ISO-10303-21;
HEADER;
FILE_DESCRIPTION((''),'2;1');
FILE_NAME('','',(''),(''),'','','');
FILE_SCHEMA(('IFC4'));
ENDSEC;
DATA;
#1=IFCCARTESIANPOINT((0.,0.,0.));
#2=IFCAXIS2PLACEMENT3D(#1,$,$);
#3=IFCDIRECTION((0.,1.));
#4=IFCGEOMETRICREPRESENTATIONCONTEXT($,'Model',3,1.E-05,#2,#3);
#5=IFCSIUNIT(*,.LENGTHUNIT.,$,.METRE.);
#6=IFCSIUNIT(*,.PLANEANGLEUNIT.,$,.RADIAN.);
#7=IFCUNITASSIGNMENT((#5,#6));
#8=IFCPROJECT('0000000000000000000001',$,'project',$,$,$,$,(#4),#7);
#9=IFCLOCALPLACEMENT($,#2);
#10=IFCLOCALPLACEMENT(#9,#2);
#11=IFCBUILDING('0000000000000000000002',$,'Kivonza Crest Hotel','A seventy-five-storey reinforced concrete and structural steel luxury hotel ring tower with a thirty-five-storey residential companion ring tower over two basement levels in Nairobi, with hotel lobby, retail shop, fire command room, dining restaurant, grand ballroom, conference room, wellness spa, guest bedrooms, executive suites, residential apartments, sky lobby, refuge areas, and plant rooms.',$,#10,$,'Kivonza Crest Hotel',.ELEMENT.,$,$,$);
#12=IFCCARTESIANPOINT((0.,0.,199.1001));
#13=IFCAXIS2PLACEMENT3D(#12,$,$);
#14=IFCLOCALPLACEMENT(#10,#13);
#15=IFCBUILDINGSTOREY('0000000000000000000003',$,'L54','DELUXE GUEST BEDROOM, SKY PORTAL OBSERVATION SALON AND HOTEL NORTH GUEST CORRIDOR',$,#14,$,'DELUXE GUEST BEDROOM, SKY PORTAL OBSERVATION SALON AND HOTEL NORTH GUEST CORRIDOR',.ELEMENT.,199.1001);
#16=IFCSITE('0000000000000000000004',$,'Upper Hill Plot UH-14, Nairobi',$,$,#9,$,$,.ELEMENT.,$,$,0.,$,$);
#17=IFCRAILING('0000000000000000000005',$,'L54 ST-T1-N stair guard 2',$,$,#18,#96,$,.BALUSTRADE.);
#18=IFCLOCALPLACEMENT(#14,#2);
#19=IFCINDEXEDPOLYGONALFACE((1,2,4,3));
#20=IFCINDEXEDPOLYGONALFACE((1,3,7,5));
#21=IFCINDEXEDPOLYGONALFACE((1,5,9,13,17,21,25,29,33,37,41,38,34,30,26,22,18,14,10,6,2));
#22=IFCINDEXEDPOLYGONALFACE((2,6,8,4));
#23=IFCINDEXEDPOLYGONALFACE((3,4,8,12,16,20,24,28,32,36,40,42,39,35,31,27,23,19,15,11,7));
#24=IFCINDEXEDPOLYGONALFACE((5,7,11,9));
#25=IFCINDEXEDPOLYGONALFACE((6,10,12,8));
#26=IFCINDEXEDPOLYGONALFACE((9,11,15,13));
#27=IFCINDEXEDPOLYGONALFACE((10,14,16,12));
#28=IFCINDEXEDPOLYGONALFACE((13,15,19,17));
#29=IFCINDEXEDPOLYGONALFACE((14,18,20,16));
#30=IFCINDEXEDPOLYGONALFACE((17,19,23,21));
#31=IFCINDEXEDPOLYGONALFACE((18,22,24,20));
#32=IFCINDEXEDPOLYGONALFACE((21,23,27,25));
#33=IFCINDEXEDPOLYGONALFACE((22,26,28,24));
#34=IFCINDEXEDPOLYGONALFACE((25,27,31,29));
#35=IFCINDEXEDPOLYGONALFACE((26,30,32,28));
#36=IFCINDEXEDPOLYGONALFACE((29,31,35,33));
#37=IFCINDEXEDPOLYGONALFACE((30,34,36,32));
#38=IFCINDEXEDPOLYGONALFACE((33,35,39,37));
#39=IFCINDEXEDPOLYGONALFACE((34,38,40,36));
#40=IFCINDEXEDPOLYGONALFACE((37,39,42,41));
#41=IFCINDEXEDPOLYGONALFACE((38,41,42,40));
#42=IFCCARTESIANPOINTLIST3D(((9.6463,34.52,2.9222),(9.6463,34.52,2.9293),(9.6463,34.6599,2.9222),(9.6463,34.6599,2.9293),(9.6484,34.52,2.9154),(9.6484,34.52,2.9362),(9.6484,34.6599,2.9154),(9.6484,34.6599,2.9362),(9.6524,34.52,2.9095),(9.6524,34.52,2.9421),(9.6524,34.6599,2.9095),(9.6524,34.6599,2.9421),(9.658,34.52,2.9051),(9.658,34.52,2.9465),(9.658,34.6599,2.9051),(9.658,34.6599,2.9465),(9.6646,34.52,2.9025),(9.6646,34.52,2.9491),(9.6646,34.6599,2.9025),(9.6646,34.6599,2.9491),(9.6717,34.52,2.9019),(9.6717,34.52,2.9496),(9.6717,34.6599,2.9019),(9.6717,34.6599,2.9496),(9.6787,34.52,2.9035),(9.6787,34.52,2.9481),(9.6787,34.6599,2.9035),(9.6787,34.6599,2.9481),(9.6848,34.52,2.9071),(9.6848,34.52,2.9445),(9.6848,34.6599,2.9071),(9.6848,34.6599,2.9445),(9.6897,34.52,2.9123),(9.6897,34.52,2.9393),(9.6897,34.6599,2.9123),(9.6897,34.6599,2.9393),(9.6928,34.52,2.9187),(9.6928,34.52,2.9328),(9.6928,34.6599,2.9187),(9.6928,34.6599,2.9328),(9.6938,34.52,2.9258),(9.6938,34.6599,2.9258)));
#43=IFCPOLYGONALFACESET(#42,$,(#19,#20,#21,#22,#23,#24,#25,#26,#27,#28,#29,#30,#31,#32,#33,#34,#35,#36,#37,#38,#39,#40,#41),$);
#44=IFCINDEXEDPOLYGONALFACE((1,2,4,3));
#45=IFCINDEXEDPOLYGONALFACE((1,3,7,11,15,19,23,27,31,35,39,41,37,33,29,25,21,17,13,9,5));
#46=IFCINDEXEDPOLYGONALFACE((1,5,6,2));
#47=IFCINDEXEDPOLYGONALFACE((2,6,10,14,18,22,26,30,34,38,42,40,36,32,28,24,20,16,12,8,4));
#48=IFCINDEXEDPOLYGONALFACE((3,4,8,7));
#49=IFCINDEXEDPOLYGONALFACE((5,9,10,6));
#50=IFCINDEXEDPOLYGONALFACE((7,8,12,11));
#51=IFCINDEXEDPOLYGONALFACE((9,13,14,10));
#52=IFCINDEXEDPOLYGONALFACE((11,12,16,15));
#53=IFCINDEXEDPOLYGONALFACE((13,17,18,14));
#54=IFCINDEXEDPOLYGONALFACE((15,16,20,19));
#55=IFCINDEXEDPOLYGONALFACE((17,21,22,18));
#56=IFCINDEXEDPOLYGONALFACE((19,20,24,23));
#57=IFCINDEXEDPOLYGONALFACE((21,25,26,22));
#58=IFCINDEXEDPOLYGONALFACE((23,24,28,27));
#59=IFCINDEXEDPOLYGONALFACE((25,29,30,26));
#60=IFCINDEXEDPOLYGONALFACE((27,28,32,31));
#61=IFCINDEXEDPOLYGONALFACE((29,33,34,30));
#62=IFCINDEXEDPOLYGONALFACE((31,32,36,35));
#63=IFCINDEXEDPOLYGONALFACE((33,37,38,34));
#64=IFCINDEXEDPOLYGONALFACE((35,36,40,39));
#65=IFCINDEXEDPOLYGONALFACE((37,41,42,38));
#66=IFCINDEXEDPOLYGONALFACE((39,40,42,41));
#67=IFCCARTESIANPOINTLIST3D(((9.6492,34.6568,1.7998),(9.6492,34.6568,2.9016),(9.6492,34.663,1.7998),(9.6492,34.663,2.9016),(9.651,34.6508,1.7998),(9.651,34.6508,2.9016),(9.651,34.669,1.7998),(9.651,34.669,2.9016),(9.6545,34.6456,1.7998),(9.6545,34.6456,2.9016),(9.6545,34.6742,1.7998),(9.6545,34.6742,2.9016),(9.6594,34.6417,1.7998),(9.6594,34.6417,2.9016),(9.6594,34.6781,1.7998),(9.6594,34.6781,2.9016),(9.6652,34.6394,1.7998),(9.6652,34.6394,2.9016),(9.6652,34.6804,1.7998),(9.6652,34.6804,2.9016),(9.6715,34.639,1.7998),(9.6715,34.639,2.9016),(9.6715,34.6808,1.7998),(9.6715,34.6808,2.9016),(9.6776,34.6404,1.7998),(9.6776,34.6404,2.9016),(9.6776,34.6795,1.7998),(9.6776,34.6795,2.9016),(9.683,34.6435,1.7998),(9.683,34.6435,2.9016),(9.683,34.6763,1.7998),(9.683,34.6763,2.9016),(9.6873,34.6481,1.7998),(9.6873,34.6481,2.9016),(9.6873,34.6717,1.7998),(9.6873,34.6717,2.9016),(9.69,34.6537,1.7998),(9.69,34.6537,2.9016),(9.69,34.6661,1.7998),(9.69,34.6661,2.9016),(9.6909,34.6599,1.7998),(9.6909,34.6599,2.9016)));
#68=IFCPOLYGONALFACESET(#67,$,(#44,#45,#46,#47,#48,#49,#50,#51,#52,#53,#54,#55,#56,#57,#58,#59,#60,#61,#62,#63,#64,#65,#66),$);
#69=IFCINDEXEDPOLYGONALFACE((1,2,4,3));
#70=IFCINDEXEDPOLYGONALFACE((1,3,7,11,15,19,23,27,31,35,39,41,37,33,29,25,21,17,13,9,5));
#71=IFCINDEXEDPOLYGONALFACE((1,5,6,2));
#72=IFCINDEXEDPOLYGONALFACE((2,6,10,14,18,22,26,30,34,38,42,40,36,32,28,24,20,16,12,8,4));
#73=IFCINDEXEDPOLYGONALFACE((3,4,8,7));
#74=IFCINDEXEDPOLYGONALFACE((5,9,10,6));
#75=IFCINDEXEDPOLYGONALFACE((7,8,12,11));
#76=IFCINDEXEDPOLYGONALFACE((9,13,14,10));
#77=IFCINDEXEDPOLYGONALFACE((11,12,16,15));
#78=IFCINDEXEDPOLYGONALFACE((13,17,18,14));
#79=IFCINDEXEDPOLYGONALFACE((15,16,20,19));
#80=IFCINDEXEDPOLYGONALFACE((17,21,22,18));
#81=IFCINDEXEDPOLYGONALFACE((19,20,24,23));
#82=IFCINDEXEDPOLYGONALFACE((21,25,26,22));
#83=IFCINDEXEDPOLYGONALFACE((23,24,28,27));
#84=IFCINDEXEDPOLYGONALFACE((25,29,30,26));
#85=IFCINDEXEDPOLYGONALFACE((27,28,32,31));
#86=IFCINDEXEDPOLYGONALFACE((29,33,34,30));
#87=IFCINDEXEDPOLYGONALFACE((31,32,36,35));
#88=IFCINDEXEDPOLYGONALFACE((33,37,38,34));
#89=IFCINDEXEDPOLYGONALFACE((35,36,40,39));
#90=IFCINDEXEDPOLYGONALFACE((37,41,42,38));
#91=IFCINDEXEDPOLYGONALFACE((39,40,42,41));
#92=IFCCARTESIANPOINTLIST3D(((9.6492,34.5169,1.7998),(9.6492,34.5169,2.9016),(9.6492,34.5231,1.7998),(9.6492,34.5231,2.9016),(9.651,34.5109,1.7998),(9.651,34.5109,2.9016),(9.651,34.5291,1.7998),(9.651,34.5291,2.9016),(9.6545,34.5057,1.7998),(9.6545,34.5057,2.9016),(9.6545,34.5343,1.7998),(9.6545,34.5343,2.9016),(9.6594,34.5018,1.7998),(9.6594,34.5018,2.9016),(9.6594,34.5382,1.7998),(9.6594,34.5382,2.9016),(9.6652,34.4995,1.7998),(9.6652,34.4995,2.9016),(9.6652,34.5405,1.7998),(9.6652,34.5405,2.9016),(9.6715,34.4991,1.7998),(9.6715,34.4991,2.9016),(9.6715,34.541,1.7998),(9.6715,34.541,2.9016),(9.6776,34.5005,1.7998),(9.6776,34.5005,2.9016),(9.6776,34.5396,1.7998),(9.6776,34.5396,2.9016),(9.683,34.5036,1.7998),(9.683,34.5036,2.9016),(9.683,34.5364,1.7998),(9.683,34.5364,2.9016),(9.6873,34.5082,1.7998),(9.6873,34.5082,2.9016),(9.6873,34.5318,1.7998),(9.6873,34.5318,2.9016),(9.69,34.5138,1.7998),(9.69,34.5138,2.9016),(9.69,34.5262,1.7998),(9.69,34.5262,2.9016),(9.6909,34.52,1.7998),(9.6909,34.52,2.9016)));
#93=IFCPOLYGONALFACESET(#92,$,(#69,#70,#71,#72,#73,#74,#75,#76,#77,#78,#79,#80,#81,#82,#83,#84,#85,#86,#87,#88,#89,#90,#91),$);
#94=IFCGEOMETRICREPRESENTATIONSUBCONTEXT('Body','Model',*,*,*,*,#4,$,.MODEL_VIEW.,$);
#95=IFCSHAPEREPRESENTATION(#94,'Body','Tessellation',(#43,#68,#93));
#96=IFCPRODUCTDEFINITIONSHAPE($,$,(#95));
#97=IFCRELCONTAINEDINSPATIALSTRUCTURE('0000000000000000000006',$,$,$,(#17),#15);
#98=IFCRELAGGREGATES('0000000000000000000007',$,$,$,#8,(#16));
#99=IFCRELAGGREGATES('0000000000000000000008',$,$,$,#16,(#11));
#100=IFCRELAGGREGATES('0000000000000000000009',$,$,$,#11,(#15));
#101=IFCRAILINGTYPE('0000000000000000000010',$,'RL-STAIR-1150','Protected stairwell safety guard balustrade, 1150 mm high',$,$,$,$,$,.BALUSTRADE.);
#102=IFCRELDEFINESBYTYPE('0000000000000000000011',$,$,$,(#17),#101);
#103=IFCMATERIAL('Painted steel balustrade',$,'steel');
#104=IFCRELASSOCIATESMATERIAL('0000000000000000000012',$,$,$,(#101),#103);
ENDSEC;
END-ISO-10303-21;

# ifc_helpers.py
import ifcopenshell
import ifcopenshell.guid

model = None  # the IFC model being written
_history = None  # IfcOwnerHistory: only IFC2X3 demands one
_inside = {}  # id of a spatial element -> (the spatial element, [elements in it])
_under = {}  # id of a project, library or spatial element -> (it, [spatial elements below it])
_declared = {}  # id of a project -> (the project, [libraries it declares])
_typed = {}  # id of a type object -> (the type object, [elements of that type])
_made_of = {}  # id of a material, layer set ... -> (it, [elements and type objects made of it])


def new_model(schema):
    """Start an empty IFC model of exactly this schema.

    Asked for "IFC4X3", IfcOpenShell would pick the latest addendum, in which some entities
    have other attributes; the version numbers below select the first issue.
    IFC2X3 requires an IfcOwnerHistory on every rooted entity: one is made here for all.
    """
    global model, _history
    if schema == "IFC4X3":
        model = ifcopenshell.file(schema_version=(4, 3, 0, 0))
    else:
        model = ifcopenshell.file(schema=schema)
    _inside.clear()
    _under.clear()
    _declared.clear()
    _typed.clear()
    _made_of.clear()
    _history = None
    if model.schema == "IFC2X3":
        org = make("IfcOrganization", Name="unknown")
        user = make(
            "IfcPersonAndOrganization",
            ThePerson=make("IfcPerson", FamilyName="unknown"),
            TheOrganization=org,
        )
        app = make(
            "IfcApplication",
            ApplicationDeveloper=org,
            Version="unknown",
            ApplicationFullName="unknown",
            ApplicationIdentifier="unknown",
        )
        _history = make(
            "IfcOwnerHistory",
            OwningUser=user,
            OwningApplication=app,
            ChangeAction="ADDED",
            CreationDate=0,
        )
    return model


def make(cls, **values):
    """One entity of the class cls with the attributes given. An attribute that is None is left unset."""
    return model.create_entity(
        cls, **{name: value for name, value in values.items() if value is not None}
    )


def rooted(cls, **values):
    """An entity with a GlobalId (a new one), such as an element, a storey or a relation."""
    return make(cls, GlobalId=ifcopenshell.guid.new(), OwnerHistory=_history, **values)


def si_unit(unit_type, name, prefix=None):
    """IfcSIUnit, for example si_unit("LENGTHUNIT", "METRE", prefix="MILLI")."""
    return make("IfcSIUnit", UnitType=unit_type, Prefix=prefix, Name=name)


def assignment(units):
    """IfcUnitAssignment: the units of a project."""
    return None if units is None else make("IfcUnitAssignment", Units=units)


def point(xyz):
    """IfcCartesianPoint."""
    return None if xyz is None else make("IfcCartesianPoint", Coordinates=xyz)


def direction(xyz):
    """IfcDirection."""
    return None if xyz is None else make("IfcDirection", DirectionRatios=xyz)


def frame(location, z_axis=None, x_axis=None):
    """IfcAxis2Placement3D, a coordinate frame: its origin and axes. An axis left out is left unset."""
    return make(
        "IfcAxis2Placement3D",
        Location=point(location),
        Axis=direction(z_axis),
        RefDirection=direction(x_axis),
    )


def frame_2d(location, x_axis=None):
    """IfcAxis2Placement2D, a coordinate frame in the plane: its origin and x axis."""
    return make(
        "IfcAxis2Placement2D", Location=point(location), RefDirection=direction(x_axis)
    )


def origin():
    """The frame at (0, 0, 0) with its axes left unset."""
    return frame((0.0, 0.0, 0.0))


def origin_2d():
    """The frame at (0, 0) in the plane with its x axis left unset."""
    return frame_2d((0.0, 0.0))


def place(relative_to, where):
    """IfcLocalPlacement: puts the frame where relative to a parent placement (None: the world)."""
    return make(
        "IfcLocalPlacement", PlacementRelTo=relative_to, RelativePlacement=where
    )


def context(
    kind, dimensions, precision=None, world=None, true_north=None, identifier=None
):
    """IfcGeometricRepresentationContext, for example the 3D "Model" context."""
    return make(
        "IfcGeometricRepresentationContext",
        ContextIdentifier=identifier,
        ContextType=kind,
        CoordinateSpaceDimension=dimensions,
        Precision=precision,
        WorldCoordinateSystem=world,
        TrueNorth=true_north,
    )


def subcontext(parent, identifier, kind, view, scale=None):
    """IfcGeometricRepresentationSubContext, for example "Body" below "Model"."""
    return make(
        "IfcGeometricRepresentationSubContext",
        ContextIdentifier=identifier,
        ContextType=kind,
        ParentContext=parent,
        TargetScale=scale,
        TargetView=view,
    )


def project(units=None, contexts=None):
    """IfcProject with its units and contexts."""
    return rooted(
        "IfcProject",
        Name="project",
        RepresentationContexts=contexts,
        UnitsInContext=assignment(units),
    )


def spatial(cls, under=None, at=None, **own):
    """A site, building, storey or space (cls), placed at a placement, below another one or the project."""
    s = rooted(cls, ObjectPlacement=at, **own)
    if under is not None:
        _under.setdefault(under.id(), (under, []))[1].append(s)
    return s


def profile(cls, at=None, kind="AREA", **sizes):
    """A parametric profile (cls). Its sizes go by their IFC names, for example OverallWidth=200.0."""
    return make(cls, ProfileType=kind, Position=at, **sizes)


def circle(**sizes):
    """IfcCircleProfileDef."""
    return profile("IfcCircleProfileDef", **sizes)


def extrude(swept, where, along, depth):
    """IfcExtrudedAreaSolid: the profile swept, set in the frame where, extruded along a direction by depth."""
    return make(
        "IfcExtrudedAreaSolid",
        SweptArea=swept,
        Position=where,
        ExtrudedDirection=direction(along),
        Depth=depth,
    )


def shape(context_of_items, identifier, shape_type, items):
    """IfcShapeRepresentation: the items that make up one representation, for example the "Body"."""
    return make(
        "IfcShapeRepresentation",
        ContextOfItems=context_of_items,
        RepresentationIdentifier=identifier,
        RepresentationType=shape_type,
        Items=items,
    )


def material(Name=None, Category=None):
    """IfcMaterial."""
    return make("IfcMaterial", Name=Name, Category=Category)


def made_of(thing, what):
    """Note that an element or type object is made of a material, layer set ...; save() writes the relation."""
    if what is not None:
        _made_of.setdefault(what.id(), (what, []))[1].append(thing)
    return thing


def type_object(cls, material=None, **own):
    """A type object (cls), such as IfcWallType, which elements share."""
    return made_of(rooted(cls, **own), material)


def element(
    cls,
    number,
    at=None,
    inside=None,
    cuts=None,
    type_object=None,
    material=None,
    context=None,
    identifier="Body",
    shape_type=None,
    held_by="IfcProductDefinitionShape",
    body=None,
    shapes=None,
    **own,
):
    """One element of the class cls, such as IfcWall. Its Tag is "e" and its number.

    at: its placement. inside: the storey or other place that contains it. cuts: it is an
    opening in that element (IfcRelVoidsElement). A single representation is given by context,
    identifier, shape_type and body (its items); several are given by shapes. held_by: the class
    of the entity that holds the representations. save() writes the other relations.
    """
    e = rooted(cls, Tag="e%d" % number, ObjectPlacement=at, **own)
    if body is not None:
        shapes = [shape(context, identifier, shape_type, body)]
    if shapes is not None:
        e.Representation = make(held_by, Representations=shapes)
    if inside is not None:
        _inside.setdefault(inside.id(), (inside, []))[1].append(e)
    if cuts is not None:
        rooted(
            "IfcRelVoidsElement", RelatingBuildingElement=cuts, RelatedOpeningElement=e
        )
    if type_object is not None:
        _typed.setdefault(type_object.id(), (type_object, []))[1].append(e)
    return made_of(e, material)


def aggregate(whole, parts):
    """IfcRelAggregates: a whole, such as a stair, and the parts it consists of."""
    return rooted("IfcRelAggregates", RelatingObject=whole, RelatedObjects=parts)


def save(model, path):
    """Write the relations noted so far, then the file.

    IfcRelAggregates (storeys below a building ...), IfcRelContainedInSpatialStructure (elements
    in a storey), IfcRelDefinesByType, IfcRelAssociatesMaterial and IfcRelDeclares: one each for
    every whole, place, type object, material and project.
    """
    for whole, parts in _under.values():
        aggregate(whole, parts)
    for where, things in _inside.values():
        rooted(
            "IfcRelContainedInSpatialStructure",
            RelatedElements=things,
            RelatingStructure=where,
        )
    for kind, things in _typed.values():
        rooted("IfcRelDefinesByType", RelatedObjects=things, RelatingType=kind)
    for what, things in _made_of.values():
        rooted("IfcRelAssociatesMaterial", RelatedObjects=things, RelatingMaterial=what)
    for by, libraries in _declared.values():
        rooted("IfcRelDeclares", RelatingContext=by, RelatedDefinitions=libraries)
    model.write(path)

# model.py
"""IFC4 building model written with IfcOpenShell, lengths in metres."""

from ifc_helpers import new_model, si_unit, direction, frame, origin, origin_2d, place, context, subcontext, project, spatial, circle, extrude, material, type_object, element, save


model = new_model("IFC4")

# Units and contexts
model_context = context("Model", 3, precision=1e-05, world=origin(), true_north=direction((0.0, 1.0)))
body_context = subcontext(model_context, "Body", "Model", "MODEL_VIEW")
ifc_project = project(units=[si_unit("LENGTHUNIT", "METRE"), si_unit("PLANEANGLEUNIT", "RADIAN")], contexts=[model_context])

# Site, building, storey
site_placement = place(None, origin())
site = spatial("IfcSite", under=ifc_project, at=site_placement, Name="Upper Hill Plot UH-14, Nairobi", CompositionType="ELEMENT", RefElevation=0.0)
building_placement = place(site_placement, origin())
building = spatial("IfcBuilding", under=site, at=building_placement, Name="Kivonza Crest Hotel", Description="A seventy-five-storey reinforced concrete and structural steel luxury hotel ring tower with a thirty-five-storey residential companion ring tower over two basement levels in Nairobi, with hotel lobby, retail shop, fire command room, dining restaurant, grand ballroom, conference room, wellness spa, guest bedrooms, executive suites, residential apartments, sky lobby, refuge areas, and plant rooms.", LongName="Kivonza Crest Hotel", CompositionType="ELEMENT")
storey_placement = place(building_placement, frame((0.0, 0.0, 199.1001)))
storey = spatial("IfcBuildingStorey", under=building, at=storey_placement, Name="L54", Description="DELUXE GUEST BEDROOM, SKY PORTAL OBSERVATION SALON AND HOTEL NORTH GUEST CORRIDOR", LongName="DELUXE GUEST BEDROOM, SKY PORTAL OBSERVATION SALON AND HOTEL NORTH GUEST CORRIDOR", CompositionType="ELEMENT", Elevation=199.1001)

# Railing
ifc_material_1 = material(Name="Painted steel balustrade", Category="steel")
railing_type_1 = type_object("IfcRailingType", Name="RL-STAIR-1150", Description="Protected stairwell safety guard balustrade, 1150 mm high", PredefinedType="BALUSTRADE", material=ifc_material_1)
railing_1_placement = place(storey_placement, frame((9.6699, 34.6599, 1.7998)))
element("IfcRailing", 1, at=railing_1_placement, inside=storey, type_object=railing_type_1, Name="L54 ST-T1-N stair guard 2", PredefinedType="BALUSTRADE", context=body_context, shape_type="SweptSolid", body=[
    extrude(circle(Radius=0.0239, at=origin_2d()), frame((0.0, 0.0, 1.126), z_axis=(0.0, -1.0, 0.0), x_axis=(1.0, 0.0, 0.0)), (0.0, 0.0, 1.0), 0.1399),
    extrude(circle(Radius=0.021, at=origin_2d()), origin(), (0.0, 0.0, 1.0), 1.1018),
    extrude(circle(Radius=0.021, at=origin_2d()), frame((0.0, -0.1399, 0.0)), (0.0, 0.0, 1.0), 1.1018),
])

save(model, "model.ifc")
